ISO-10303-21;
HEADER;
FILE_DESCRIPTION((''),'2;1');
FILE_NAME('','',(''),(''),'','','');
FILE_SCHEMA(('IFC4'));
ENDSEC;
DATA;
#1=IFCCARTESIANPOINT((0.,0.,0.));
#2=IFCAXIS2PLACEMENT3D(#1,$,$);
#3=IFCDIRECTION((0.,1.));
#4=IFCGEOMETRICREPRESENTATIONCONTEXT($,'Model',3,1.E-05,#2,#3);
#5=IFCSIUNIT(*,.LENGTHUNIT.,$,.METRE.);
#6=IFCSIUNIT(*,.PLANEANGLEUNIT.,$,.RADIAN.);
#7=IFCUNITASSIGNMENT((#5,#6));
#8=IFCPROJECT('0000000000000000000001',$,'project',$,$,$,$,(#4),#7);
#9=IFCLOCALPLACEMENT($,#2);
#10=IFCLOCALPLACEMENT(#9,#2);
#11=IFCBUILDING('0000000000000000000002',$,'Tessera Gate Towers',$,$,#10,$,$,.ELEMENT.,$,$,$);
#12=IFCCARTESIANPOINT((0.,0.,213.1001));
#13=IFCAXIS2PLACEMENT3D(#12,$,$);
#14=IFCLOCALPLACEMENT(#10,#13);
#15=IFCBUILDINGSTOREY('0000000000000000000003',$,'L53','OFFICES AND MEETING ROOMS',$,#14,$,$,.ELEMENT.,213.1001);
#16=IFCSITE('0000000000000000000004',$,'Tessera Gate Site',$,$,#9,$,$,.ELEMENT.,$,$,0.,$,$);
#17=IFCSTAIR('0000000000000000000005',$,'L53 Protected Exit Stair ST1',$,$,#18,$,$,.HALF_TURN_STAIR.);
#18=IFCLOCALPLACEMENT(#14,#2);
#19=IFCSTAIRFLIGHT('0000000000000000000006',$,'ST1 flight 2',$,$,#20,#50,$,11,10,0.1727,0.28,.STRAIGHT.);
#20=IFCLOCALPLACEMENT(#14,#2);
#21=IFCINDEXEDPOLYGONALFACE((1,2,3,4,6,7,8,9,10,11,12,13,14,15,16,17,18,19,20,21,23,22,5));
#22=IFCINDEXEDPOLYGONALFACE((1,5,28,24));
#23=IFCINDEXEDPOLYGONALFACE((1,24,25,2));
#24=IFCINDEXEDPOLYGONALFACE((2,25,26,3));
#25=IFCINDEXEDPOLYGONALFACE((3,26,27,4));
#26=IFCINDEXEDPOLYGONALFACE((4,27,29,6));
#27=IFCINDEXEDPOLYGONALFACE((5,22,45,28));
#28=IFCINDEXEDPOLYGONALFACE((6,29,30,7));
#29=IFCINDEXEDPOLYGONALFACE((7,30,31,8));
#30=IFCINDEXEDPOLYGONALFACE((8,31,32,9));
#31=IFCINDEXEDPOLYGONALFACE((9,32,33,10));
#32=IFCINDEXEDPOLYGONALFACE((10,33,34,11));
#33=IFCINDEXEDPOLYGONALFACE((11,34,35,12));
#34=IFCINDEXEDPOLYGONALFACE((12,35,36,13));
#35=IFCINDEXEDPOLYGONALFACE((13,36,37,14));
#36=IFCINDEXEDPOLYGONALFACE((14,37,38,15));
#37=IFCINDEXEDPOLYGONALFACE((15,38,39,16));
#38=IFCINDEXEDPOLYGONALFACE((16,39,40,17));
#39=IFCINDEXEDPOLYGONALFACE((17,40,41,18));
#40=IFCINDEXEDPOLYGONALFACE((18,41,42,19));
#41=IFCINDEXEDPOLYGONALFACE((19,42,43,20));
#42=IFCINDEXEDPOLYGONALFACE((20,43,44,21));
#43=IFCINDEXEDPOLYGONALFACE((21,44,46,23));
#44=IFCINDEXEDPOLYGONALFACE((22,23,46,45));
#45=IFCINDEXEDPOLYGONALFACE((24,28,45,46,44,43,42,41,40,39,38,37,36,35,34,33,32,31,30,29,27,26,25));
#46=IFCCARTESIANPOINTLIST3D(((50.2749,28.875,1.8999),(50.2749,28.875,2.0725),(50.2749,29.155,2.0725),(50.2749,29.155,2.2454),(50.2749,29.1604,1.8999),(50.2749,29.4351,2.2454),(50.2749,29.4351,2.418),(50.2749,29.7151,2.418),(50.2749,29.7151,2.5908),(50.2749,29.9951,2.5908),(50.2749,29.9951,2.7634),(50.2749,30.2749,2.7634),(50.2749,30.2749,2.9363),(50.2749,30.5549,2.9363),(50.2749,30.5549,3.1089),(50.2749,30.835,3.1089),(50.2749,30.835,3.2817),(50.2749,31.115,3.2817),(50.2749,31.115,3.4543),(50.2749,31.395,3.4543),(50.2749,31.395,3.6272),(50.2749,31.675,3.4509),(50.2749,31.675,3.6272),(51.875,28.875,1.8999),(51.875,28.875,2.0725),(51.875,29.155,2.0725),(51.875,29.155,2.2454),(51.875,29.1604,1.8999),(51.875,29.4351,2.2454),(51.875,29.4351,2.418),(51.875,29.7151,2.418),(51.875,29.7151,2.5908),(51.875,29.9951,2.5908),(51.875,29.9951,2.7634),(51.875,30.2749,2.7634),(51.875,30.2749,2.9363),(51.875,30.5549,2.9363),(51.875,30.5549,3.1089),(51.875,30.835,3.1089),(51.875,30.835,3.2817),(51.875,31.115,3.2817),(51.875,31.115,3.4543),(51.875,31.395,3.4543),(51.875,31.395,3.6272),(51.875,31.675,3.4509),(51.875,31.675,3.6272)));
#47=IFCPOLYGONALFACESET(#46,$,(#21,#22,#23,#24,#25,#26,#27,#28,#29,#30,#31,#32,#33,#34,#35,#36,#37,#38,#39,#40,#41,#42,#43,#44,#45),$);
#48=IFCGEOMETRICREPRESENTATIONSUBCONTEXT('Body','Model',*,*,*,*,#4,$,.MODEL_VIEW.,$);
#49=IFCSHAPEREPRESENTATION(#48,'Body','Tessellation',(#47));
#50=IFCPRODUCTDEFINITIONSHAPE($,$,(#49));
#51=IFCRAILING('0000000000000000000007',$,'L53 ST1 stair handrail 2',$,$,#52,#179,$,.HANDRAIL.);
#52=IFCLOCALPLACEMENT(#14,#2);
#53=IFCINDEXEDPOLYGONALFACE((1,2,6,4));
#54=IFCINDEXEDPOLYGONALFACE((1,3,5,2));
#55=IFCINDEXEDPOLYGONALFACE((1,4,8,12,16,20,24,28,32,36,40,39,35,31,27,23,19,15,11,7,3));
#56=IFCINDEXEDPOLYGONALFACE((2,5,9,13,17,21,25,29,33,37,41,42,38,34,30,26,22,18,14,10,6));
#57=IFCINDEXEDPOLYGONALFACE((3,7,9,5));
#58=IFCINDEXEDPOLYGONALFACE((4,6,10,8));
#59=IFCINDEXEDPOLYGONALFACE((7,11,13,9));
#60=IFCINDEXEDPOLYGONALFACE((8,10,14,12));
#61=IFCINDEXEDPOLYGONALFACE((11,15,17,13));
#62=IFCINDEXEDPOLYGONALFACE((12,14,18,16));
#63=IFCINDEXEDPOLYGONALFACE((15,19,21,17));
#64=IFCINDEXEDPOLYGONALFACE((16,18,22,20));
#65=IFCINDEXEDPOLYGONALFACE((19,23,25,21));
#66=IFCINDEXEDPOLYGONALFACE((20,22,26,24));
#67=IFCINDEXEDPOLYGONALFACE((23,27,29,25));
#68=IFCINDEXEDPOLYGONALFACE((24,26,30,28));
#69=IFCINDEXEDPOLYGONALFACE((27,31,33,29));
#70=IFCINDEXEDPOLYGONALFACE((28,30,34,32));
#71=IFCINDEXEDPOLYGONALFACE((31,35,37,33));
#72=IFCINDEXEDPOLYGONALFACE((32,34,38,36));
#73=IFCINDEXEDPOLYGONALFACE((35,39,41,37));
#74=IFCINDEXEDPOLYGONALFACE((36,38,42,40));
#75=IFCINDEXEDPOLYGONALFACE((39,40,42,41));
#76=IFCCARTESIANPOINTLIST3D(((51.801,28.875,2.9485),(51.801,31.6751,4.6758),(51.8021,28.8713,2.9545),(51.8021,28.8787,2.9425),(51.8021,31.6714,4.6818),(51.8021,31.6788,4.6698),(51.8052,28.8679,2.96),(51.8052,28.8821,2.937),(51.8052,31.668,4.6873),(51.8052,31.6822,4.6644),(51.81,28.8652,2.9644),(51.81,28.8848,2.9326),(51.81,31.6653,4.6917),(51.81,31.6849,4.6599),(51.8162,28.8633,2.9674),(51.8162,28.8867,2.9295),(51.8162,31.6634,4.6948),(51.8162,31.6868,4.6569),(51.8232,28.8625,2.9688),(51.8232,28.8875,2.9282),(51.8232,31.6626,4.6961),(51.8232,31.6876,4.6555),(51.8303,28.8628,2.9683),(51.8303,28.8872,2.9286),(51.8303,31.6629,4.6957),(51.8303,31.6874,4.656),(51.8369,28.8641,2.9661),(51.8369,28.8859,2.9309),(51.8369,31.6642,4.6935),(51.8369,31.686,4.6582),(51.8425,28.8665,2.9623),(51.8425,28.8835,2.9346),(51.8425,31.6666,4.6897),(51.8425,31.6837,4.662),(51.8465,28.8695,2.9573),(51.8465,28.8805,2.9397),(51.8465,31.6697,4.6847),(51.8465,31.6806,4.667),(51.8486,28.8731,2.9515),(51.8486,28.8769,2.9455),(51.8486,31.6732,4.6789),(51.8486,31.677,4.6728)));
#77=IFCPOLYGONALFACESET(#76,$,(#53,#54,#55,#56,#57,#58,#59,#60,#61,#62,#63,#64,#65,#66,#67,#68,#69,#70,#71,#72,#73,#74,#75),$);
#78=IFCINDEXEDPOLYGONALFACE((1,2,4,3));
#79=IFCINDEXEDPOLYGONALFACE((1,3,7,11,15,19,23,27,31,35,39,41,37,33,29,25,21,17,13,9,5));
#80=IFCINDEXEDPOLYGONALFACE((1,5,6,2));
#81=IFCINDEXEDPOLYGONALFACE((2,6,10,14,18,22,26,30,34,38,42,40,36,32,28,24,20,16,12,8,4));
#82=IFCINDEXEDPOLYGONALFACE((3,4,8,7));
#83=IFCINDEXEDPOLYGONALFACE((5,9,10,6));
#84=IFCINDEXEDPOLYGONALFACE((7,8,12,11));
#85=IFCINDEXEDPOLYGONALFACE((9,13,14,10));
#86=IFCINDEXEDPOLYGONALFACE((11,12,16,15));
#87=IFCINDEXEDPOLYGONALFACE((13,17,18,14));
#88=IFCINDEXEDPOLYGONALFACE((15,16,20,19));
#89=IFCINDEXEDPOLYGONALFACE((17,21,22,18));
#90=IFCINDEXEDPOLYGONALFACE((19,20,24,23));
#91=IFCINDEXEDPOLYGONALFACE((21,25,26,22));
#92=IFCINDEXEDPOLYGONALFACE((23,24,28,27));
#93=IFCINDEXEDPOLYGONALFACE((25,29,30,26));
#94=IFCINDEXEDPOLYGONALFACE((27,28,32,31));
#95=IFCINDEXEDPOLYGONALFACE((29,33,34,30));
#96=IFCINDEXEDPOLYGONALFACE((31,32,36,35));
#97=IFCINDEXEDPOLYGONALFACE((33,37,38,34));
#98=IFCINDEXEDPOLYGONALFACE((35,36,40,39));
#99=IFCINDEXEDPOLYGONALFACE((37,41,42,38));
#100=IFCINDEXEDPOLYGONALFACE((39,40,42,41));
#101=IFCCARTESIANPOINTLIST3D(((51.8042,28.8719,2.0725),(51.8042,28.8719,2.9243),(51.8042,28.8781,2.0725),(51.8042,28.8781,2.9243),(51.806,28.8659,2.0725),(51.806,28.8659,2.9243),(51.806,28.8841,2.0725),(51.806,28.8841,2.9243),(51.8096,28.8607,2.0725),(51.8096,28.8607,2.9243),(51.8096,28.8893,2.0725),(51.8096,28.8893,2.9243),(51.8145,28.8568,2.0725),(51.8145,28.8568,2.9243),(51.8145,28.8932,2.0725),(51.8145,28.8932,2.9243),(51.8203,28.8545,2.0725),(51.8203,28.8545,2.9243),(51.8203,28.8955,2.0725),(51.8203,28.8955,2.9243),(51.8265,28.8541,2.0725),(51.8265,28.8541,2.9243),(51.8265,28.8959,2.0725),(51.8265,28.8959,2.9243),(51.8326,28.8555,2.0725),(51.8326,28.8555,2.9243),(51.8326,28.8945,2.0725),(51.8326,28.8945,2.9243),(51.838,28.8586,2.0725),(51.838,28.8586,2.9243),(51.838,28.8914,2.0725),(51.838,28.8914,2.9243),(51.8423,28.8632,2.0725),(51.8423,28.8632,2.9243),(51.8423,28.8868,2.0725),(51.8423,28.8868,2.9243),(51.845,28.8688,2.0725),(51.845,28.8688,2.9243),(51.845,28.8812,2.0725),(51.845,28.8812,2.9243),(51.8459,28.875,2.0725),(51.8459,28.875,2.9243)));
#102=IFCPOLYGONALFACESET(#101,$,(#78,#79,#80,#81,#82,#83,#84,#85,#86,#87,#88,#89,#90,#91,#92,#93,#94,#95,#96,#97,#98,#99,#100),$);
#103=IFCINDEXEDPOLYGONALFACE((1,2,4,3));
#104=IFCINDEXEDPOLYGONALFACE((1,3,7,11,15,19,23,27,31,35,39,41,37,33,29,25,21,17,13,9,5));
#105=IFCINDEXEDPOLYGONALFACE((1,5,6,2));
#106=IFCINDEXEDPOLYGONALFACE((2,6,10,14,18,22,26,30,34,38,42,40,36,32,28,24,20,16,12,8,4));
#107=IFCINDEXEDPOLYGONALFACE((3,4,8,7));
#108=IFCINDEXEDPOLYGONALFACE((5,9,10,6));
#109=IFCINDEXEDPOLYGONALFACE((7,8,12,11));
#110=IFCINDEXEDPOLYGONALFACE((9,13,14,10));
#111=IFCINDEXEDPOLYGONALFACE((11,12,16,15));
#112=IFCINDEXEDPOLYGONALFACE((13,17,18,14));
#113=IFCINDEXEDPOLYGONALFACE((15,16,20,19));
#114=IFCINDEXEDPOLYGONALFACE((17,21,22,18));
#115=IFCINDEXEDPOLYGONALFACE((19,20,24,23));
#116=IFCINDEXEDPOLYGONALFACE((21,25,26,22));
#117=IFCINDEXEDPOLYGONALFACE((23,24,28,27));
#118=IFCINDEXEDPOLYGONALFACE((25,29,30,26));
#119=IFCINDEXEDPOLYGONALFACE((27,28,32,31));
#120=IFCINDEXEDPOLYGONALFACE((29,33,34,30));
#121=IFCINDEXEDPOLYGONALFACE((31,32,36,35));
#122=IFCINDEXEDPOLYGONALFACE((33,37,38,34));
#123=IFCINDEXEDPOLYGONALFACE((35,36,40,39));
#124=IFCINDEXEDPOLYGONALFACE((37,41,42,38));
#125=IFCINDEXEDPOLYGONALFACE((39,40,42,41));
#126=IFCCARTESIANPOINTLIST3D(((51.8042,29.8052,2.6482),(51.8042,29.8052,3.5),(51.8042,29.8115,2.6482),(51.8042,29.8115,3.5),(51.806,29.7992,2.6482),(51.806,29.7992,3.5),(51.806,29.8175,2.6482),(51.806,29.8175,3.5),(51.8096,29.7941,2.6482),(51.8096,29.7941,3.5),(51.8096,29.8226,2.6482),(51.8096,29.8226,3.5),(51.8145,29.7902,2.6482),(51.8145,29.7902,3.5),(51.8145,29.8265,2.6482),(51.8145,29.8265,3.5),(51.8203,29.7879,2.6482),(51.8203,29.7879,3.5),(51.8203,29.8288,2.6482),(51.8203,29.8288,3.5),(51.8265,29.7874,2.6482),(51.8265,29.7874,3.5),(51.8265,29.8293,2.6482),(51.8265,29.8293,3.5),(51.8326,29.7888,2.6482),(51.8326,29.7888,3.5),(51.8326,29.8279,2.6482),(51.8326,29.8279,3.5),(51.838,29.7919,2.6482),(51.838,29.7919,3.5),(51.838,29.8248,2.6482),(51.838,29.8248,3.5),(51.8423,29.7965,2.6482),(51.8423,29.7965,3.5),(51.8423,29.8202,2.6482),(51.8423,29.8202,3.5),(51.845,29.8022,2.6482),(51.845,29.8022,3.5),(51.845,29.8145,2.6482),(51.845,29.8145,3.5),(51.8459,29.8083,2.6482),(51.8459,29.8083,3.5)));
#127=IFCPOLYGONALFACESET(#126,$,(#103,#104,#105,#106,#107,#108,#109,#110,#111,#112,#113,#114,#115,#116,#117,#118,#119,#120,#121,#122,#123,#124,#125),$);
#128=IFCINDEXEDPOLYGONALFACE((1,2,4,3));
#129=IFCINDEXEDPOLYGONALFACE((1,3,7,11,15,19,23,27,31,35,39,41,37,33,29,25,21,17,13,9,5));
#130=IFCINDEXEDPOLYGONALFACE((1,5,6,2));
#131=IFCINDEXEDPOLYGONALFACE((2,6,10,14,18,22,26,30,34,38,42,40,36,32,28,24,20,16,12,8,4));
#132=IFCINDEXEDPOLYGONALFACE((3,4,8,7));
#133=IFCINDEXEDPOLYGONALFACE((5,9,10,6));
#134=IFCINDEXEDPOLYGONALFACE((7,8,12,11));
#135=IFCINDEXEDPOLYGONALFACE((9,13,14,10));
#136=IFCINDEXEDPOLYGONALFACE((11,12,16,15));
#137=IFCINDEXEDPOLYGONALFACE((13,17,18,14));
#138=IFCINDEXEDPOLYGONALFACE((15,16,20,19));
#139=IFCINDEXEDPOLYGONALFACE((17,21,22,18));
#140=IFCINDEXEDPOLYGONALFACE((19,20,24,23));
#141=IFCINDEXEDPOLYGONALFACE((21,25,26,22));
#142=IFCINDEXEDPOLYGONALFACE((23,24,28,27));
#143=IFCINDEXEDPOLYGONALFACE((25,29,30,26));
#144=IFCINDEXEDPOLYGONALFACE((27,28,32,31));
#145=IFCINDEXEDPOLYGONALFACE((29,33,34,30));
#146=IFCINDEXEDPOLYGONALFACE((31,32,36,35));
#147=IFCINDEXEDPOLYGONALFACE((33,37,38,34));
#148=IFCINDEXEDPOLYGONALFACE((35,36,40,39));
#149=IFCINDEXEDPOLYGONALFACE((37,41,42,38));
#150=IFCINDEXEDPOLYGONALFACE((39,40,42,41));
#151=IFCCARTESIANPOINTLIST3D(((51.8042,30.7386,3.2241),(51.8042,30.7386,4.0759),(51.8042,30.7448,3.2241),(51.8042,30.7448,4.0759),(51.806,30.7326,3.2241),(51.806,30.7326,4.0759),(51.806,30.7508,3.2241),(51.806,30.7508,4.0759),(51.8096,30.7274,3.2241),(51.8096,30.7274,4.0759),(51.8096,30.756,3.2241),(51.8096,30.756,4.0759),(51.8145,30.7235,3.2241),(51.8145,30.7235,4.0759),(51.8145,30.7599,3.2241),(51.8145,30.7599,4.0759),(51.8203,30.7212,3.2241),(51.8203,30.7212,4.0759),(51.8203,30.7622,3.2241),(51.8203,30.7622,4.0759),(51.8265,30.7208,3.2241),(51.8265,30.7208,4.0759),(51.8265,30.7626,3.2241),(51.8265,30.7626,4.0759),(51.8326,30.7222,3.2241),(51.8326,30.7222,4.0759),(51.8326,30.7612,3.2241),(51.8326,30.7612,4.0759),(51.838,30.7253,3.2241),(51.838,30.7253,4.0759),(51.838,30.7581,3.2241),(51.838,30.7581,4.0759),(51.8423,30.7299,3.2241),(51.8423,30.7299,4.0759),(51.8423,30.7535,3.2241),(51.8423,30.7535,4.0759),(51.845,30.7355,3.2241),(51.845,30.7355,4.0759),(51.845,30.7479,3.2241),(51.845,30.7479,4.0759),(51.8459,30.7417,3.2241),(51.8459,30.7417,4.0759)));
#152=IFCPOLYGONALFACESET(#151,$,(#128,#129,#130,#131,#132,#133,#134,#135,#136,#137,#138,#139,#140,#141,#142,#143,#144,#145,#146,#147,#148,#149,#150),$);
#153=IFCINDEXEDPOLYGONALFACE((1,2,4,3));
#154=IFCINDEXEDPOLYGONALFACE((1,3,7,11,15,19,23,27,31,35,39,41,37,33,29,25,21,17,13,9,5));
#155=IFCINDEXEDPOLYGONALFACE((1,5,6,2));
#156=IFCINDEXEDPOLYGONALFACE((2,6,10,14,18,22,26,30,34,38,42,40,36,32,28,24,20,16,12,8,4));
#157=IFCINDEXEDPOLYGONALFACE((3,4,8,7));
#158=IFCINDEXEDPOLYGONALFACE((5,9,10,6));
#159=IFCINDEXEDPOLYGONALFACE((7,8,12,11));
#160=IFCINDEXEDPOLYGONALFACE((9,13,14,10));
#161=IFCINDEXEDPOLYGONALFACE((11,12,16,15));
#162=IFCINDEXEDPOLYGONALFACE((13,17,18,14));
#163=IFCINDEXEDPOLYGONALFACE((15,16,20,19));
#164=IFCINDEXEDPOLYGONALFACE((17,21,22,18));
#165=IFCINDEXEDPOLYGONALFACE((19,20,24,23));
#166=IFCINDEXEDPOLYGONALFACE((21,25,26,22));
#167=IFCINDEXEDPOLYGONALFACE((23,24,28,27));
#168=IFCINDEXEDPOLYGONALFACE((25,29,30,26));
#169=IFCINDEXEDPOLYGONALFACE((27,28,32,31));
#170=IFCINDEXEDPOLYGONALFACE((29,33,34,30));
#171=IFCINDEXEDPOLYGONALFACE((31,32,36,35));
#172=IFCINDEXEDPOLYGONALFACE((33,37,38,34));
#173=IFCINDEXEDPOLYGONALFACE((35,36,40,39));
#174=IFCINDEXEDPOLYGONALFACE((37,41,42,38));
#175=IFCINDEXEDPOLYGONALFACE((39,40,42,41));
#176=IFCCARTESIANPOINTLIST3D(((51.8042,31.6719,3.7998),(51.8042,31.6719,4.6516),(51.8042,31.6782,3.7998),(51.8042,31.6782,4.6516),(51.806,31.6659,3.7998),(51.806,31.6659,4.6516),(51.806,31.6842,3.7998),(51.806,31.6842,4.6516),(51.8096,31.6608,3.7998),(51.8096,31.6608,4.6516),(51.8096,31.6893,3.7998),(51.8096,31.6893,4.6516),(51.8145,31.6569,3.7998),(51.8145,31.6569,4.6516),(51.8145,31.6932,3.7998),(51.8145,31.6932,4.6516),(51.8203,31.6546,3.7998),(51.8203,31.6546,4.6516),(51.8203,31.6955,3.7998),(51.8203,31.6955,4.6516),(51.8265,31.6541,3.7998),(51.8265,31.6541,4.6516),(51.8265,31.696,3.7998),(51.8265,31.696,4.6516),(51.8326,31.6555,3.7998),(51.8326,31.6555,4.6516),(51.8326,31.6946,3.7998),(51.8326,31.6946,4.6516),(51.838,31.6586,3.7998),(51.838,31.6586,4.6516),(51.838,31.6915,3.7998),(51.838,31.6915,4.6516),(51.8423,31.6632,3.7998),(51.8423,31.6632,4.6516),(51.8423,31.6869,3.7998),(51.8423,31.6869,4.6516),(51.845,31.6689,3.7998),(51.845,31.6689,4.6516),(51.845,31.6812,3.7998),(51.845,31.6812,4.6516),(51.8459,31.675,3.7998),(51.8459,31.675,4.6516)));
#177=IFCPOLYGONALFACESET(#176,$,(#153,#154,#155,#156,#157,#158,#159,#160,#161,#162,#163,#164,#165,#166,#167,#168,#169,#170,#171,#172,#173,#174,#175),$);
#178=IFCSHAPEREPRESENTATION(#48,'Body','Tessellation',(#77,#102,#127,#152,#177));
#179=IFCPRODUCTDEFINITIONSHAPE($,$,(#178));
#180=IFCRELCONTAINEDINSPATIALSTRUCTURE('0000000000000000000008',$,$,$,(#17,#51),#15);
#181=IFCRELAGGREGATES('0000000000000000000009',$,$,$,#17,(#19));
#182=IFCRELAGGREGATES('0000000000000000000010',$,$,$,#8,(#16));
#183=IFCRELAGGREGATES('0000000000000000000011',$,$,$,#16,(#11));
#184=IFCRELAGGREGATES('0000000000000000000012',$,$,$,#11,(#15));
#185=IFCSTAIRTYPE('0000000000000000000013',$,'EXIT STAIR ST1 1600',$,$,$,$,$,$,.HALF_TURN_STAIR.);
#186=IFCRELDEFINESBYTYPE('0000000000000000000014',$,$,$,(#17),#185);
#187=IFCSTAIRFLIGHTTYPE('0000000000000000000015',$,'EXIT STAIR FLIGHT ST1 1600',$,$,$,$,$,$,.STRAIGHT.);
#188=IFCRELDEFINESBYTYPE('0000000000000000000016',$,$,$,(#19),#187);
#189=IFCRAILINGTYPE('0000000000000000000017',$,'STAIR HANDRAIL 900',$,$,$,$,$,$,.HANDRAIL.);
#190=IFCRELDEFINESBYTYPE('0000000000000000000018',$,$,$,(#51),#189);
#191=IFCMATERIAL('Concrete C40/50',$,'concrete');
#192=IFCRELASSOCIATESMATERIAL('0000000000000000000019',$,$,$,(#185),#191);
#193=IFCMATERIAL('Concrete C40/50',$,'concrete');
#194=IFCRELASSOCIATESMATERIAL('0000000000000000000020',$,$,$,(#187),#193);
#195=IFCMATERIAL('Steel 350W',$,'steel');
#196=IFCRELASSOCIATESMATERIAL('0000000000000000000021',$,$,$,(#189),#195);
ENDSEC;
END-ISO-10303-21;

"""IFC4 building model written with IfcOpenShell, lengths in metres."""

from ifc_helpers import new_model, si_unit, direction, frame, origin, origin_2d, place, context, subcontext, project, spatial, polyline, circle, outline, extrude, material, type_object, element, aggregate, save


model = new_model("IFC4")

# Units and contexts
model_context = context("Model", 3, precision=1e-05, world=origin(), true_north=direction((0.0, 1.0)))
body_context = subcontext(model_context, "Body", "Model", "MODEL_VIEW")
ifc_project = project(units=[si_unit("LENGTHUNIT", "METRE"), si_unit("PLANEANGLEUNIT", "RADIAN")], contexts=[model_context])

# Site, building, storey
site_placement = place(None, origin())
site = spatial("IfcSite", under=ifc_project, at=site_placement, Name="Tessera Gate Site", CompositionType="ELEMENT", RefElevation=0.0)
building_placement = place(site_placement, origin())
building = spatial("IfcBuilding", under=site, at=building_placement, Name="Tessera Gate Towers", CompositionType="ELEMENT")
storey_placement = place(building_placement, frame((0.0, 0.0, 213.1001)))
storey = spatial("IfcBuildingStorey", under=building, at=storey_placement, Name="L53", Description="OFFICES AND MEETING ROOMS", CompositionType="ELEMENT", Elevation=213.1001)

# Stair, stair flight
ifc_material_1 = material(Name="Concrete C40/50", Category="concrete")
stair_type = type_object("IfcStairType", Name="EXIT STAIR ST1 1600", PredefinedType="HALF_TURN_STAIR", material=ifc_material_1)
stair_placement = place(storey_placement, origin())
stair = element("IfcStair", 1, at=stair_placement, inside=storey, type_object=stair_type, Name="L53 Protected Exit Stair ST1", PredefinedType="HALF_TURN_STAIR")
ifc_material_2 = material(Name="Concrete C40/50", Category="concrete")
stair_flight_type = type_object("IfcStairFlightType", Name="EXIT STAIR FLIGHT ST1 1600", PredefinedType="STRAIGHT", material=ifc_material_2)
stair_flight_placement = place(storey_placement, frame((51.075, 28.875, 1.8999), z_axis=(0.0, 0.0, 1.0), x_axis=(0.0, 1.0, 0.0)))
stair_flight = element("IfcStairFlight", 2, at=stair_flight_placement, type_object=stair_flight_type, Name="ST1 flight 2", NumberOfRisers=11, NumberOfTreads=10, PredefinedType="STRAIGHT", RiserHeight=0.1727, TreadLength=0.28, context=body_context, shape_type="SweptSolid", body=[
    extrude(outline(polyline([(0.0, 0.0), (0.0, 0.1726), (0.28, 0.1726), (0.28, 0.3455), (0.5601, 0.3455), (0.5601, 0.5181), (0.8401, 0.5181), (0.8401, 0.6909), (1.1201, 0.6909), (1.1201, 0.8635), (1.3999, 0.8635), (1.3999, 1.0364), (1.6799, 1.0364), (1.6799, 1.209), (1.96, 1.209), (1.96, 1.3818), (2.24, 1.3818), (2.24, 1.5544), (2.52, 1.5544), (2.52, 1.7273), (2.8, 1.7273), (2.8, 1.8999), (2.8, 1.551), (0.2854, 0.0), (0.0, 0.0)])), frame((0.0, 0.8, 0.0), z_axis=(0.0, -1.0, 0.0), x_axis=(1.0, 0.0, 0.0)), (0.0, 0.0, 1.0), 1.6001),
])
aggregate(stair, [stair_flight])

# Railing
ifc_material_3 = material(Name="Steel 350W", Category="steel")
railing_type = type_object("IfcRailingType", Name="STAIR HANDRAIL 900", PredefinedType="HANDRAIL", material=ifc_material_3)
railing_placement = place(storey_placement, frame((51.825, 28.875, 2.0725)))
element("IfcRailing", 3, at=railing_placement, inside=storey, type_object=railing_type, Name="L53 ST1 stair handrail 2", PredefinedType="HANDRAIL", context=body_context, shape_type="SweptSolid", body=[
    extrude(circle(Radius=0.0239, at=origin_2d()), frame((0.0, 0.0, 0.876), z_axis=(0.0, 0.85109, 0.52502), x_axis=(-1.0, 0.0, 0.0)), (0.0, 0.0, 1.0), 3.29),
    extrude(circle(Radius=0.021, at=origin_2d()), origin(), (0.0, 0.0, 1.0), 0.8518),
    extrude(circle(Radius=0.021, at=origin_2d()), frame((0.0, 0.9333, 0.5757)), (0.0, 0.0, 1.0), 0.8518),
    extrude(circle(Radius=0.021, at=origin_2d()), frame((0.0, 1.8667, 1.1516)), (0.0, 0.0, 1.0), 0.8518),
    extrude(circle(Radius=0.021, at=origin_2d()), frame((0.0, 2.8, 1.7273)), (0.0, 0.0, 1.0), 0.8518),
])

save(model, "model.ifc")
